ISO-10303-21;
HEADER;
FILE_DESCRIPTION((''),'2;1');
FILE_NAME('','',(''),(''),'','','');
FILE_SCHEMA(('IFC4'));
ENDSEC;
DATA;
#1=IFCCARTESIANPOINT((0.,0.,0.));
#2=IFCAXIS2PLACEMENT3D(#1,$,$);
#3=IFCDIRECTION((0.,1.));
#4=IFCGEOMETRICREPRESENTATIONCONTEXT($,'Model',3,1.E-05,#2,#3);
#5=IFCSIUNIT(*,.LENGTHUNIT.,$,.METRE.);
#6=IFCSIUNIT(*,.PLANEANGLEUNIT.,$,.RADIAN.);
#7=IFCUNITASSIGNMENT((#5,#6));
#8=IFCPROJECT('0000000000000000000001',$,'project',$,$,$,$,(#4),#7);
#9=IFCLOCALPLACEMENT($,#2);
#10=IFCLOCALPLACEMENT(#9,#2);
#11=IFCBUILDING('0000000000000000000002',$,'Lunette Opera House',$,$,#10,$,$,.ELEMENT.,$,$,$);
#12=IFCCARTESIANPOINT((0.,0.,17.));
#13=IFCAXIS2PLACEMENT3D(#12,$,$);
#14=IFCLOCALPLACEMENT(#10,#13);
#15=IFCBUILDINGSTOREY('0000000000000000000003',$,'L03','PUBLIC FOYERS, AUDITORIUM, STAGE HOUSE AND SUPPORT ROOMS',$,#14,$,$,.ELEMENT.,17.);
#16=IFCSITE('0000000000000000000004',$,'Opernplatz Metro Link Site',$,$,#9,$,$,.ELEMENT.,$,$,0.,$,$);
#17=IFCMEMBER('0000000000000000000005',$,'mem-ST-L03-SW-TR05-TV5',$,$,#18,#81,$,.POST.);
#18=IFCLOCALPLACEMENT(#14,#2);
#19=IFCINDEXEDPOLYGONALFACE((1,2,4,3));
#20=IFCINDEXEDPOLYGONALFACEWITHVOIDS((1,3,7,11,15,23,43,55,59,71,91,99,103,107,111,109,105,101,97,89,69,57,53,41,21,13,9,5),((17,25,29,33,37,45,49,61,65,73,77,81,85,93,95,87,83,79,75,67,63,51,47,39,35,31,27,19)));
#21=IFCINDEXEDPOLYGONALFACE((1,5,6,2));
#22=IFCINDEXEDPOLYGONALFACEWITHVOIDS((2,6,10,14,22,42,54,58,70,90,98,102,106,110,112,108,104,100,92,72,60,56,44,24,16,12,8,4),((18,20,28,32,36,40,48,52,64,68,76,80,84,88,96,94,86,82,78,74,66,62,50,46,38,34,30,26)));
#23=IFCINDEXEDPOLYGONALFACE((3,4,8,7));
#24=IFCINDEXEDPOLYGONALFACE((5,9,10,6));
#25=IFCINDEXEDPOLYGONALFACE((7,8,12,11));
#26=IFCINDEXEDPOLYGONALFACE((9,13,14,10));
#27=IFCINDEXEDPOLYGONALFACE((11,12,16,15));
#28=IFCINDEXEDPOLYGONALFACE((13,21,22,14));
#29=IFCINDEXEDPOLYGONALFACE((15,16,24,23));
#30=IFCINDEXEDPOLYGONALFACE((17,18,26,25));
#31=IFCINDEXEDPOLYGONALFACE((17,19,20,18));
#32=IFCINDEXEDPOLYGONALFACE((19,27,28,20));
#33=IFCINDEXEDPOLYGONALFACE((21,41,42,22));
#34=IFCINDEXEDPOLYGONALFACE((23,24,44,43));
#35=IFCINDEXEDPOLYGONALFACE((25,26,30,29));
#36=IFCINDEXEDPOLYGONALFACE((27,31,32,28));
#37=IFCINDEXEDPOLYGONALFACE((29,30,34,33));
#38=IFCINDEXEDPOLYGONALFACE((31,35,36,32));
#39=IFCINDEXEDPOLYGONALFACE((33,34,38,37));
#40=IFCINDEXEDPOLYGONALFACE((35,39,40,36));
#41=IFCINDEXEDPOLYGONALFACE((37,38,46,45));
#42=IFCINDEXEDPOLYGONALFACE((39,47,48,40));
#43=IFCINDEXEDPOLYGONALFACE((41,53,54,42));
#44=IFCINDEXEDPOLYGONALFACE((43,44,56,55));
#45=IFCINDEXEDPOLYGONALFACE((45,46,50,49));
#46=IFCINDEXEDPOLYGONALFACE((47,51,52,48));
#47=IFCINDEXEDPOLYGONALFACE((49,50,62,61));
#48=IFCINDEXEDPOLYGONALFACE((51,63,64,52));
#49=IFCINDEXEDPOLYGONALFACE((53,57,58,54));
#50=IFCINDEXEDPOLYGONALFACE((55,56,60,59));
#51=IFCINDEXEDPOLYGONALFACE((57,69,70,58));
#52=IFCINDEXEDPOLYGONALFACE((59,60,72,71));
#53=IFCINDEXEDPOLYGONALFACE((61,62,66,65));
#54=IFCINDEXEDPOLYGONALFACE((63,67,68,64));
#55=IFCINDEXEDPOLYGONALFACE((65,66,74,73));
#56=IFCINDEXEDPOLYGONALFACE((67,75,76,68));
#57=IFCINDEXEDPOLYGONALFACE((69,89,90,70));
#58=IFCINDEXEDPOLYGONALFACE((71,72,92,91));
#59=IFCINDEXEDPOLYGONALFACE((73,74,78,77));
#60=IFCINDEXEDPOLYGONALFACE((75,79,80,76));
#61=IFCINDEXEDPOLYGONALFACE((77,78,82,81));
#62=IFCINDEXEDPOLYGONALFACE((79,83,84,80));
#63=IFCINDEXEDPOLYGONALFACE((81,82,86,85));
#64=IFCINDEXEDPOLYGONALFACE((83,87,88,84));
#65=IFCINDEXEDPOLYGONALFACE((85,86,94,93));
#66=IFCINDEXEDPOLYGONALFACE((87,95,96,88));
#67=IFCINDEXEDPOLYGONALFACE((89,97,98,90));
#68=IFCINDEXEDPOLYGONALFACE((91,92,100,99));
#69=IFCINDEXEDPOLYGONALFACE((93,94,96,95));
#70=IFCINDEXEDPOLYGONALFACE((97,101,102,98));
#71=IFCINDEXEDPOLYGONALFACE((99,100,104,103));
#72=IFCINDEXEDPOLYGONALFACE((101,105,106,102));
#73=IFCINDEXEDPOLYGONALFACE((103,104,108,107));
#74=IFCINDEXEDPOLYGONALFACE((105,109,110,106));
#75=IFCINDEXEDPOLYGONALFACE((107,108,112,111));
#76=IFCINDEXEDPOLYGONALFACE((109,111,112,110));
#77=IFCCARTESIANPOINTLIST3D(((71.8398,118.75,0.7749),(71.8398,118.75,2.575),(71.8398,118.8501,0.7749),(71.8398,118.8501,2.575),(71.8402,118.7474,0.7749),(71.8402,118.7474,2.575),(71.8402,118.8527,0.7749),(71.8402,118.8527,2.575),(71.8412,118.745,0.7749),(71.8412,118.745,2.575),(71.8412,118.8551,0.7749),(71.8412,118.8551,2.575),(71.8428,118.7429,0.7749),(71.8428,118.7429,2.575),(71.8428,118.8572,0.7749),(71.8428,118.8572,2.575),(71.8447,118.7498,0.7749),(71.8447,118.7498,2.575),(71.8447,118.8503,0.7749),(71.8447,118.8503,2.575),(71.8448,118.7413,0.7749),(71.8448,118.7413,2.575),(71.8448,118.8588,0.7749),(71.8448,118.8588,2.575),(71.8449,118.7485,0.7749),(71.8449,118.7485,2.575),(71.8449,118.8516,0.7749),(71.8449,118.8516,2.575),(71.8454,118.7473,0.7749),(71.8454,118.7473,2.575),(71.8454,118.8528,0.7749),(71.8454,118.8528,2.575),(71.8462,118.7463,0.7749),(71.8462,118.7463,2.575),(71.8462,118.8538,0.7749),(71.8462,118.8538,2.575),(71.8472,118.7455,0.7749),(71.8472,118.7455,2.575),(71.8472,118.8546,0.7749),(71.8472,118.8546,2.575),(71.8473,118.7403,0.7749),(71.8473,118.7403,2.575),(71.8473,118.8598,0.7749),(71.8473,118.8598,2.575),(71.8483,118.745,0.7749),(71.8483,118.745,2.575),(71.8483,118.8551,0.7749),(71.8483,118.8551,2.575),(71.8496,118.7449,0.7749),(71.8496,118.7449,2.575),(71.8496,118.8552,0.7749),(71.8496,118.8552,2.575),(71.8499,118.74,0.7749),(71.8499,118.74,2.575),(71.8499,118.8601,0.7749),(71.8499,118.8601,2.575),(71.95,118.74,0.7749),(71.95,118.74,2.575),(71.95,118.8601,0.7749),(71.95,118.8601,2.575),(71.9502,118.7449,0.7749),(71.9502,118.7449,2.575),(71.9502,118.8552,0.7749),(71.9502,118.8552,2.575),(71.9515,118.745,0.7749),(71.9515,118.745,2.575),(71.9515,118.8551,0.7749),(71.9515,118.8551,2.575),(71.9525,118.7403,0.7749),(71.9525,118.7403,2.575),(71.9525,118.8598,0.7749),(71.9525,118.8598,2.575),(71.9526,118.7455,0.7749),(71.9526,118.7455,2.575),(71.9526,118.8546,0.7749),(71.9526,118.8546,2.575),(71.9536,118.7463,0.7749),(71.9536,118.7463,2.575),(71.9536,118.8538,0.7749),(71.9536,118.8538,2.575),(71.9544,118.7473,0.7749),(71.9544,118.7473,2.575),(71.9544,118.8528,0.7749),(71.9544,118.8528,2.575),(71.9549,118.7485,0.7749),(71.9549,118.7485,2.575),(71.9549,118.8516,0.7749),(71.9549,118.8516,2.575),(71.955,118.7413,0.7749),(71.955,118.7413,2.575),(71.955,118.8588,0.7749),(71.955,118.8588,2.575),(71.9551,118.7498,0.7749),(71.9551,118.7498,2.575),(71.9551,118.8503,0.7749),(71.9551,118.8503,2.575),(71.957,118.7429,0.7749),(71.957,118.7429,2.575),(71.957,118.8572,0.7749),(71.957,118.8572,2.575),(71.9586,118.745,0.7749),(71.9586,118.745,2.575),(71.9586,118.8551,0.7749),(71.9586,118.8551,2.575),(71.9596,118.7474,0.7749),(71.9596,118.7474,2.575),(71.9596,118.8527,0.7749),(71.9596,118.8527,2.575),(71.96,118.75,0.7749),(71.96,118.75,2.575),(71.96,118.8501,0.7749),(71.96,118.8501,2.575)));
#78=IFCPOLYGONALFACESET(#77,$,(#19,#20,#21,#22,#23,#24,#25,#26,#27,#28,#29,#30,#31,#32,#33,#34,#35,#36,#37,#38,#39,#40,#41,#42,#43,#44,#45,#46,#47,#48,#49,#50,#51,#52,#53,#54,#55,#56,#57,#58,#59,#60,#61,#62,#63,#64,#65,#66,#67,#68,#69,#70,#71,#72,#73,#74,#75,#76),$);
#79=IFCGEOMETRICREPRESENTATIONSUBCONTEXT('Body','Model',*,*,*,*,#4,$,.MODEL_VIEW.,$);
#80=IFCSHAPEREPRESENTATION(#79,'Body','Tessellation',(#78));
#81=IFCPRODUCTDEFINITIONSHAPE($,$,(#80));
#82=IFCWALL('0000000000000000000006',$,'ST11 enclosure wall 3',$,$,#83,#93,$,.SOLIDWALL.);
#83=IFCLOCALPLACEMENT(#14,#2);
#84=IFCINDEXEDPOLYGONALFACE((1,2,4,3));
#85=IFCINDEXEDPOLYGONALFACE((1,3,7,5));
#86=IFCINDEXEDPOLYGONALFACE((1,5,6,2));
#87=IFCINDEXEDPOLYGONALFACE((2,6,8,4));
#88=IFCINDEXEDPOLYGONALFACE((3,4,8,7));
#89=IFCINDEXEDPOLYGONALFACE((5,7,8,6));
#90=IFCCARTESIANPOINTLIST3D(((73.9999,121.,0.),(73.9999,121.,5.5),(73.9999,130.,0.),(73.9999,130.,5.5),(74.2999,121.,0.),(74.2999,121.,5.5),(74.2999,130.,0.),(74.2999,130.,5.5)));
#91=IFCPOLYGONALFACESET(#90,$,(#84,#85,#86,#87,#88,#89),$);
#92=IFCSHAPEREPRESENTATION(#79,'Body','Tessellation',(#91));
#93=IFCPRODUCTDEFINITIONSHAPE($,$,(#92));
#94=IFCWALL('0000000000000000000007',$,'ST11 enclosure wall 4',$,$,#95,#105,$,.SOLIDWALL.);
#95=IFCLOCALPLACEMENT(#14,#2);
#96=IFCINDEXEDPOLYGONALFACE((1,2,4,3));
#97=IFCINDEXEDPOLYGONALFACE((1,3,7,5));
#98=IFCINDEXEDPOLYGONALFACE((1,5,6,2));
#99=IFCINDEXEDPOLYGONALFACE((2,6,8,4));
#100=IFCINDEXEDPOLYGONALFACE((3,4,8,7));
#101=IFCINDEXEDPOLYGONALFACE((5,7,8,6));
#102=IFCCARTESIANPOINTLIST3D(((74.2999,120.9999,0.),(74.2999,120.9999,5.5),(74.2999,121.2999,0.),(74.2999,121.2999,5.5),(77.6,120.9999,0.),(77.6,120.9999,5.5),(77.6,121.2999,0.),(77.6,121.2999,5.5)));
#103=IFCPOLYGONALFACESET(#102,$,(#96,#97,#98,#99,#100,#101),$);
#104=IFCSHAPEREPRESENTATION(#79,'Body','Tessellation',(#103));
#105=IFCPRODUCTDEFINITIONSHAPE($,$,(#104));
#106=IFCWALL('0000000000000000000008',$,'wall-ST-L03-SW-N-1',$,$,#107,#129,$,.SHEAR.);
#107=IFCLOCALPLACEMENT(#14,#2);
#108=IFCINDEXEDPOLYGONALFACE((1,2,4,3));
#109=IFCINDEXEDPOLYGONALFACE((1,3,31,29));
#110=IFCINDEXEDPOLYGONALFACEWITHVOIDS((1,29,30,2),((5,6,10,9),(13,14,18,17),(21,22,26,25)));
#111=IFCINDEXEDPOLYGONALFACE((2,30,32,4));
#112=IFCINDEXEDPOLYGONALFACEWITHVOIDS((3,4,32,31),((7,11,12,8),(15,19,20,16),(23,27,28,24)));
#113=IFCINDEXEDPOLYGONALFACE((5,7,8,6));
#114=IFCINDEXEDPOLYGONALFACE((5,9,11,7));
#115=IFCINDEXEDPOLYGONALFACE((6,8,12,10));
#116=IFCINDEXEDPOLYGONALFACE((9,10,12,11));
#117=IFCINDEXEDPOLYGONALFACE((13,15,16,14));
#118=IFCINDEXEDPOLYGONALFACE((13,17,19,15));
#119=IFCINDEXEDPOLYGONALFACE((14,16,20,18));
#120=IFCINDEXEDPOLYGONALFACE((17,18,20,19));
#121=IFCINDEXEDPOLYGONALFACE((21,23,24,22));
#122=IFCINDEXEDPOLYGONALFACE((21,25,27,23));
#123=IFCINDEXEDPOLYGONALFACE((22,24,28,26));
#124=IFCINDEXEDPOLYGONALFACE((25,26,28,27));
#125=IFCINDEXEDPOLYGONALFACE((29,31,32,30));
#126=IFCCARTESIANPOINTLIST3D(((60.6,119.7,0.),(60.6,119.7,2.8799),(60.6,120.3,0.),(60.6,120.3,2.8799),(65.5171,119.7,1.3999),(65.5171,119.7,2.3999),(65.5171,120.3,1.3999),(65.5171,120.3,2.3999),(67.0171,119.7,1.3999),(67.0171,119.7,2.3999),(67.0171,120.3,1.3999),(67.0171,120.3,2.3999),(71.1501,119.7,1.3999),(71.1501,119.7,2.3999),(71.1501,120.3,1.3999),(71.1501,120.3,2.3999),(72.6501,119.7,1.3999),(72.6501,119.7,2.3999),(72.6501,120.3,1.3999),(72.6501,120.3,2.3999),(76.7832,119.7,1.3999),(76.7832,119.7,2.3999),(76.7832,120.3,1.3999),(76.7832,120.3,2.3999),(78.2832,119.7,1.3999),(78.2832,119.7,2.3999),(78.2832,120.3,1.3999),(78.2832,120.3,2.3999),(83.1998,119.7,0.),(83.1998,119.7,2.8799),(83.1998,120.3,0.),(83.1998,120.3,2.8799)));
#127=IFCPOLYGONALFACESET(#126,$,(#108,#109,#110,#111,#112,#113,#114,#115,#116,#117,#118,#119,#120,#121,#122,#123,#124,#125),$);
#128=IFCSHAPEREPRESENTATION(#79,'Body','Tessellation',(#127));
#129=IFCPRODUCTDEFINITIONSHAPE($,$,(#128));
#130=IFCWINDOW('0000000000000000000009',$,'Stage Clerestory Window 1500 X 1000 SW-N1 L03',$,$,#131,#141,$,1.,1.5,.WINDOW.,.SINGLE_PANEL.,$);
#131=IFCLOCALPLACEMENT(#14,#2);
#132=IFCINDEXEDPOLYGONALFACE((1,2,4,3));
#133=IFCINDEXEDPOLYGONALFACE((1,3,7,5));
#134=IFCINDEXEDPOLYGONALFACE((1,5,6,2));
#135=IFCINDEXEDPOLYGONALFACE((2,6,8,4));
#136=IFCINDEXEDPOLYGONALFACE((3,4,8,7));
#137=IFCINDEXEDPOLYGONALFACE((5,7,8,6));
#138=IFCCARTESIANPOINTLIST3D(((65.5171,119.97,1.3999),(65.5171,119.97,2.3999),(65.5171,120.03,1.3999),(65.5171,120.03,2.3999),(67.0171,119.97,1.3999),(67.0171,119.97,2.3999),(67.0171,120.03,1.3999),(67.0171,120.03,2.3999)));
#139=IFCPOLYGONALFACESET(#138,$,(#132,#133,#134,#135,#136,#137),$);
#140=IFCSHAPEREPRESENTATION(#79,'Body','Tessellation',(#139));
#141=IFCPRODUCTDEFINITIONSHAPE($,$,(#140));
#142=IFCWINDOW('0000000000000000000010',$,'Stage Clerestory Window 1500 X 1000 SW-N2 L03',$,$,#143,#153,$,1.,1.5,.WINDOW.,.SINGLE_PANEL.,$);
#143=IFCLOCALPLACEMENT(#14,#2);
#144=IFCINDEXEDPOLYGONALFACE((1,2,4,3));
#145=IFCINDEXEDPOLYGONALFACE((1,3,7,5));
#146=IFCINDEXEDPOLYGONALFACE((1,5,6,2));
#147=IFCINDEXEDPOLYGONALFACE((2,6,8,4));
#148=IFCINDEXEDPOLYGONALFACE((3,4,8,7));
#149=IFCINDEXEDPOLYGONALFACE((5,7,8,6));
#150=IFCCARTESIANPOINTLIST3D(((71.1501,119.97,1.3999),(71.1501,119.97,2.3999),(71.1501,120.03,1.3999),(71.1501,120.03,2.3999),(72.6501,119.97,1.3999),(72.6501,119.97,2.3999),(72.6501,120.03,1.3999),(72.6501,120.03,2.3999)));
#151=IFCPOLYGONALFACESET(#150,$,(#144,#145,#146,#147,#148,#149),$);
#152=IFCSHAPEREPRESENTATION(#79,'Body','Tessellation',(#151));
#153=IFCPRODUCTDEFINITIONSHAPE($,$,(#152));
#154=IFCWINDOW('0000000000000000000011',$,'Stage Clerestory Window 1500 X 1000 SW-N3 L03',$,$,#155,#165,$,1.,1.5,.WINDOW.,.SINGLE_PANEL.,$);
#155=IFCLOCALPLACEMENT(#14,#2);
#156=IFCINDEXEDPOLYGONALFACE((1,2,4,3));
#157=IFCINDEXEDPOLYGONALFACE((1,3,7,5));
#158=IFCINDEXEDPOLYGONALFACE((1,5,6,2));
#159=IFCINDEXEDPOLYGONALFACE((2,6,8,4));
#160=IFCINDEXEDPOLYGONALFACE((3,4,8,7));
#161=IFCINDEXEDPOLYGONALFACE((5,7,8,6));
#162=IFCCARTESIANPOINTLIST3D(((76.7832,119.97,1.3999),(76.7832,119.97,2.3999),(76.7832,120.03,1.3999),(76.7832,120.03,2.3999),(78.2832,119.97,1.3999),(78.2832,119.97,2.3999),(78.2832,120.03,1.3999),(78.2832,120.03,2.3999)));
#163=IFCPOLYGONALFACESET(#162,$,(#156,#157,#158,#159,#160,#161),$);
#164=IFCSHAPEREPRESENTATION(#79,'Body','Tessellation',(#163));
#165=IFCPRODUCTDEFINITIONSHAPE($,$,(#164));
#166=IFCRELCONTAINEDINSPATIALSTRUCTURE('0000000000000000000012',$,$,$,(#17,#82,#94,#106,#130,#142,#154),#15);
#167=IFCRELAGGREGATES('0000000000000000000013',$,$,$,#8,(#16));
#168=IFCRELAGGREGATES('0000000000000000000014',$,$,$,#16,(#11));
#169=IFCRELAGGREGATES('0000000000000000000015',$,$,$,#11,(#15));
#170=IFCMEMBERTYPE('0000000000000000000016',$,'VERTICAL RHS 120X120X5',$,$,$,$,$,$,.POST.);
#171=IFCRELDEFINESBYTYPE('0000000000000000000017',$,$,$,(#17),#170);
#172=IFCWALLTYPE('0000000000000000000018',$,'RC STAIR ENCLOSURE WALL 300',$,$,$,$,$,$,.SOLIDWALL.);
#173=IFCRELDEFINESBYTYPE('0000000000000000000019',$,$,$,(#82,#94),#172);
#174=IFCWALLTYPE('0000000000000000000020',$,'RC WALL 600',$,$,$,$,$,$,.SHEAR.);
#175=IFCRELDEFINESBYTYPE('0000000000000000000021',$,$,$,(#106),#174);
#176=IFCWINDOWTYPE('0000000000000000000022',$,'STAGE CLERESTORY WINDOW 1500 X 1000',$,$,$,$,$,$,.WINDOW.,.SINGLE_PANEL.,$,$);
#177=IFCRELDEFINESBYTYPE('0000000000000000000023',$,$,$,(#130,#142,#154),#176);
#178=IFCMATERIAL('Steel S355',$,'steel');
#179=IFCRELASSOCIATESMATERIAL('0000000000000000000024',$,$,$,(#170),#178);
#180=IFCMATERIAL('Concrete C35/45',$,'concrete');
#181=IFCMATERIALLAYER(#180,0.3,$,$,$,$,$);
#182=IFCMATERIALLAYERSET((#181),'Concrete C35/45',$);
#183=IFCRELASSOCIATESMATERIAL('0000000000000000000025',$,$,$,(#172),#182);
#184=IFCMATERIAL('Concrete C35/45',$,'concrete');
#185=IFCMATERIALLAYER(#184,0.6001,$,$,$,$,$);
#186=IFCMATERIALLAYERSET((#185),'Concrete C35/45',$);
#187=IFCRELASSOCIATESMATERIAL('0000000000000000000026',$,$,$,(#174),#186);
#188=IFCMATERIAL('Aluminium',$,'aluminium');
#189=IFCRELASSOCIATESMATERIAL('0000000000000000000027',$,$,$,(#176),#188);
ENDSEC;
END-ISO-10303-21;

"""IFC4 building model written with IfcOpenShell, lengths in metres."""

from ifc_helpers import new_model, si_unit, direction, frame, frame_2d, origin, origin_2d, place, context, subcontext, project, spatial, rectangle, hollow_rectangle, extrude, material, layer, layer_set, material_profile, profile_set, type_object, element, fill, save


model = new_model("IFC4")

# Units and contexts
model_context = context("Model", 3, precision=1e-05, world=origin(), true_north=direction((0.0, 1.0)))
body_context = subcontext(model_context, "Body", "Model", "MODEL_VIEW")
ifc_project = project(units=[si_unit("LENGTHUNIT", "METRE"), si_unit("PLANEANGLEUNIT", "RADIAN")], contexts=[model_context])

# Site, building, storey
site_placement = place(None, origin())
site = spatial("IfcSite", under=ifc_project, at=site_placement, Name="Opernplatz Metro Link Site", CompositionType="ELEMENT", RefElevation=0.0)
building_placement = place(site_placement, origin())
building = spatial("IfcBuilding", under=site, at=building_placement, Name="Lunette Opera House", CompositionType="ELEMENT")
storey_placement = place(building_placement, frame((0.0, 0.0, 17.0)))
storey = spatial("IfcBuildingStorey", under=building, at=storey_placement, Name="L03", Description="PUBLIC FOYERS, AUDITORIUM, STAGE HOUSE AND SUPPORT ROOMS", CompositionType="ELEMENT", Elevation=17.0)

# Member
ifc_material_1 = material(Name="Steel S355", Category="steel")
ifc_material_profile_1 = material_profile(ifc_material_1, hollow_rectangle(XDim=0.1201, YDim=0.1201, WallThickness=0.0049, InnerFilletRadius=0.0049, OuterFilletRadius=0.01, at=origin_2d()), Name="RHS 120X120X5")
ifc_profile_set_1 = profile_set([ifc_material_profile_1], Name="Steel S355")
member_type_1 = type_object("IfcMemberType", Name="VERTICAL RHS 120X120X5", PredefinedType="POST", material=ifc_profile_set_1)
member_1_placement = place(storey_placement, frame((71.8999, 118.8, 0.7749), z_axis=(0.0, 0.0, 1.0), x_axis=(1.0, 0.0, 0.0)))
element("IfcMember", 1, at=member_1_placement, inside=storey, type_object=member_type_1, Name="mem-ST-L03-SW-TR05-TV5", PredefinedType="POST", context=body_context, shape_type="SweptSolid", body=[
    extrude(hollow_rectangle(XDim=0.1201, YDim=0.1201, WallThickness=0.0049, InnerFilletRadius=0.0049, OuterFilletRadius=0.01, at=origin_2d()), origin(), (0.0, 0.0, 1.0), 1.8),
])

# Walls
ifc_material_2 = material(Name="Concrete C35/45", Category="concrete")
ifc_layer_1 = layer(ifc_material_2, 0.3)
ifc_layer_set_1 = layer_set([ifc_layer_1], Name="Concrete C35/45")
wall_type_1 = type_object("IfcWallType", Name="RC STAIR ENCLOSURE WALL 300", PredefinedType="SOLIDWALL", material=ifc_layer_set_1)
wall_1_placement = place(storey_placement, frame((74.1499, 130.0, 0.0), z_axis=(0.0, 0.0, 1.0), x_axis=(0.0, -1.0, 0.0)))
element("IfcWall", 2, at=wall_1_placement, inside=storey, type_object=wall_type_1, Name="ST11 enclosure wall 3", PredefinedType="SOLIDWALL", context=body_context, shape_type="SweptSolid", body=[
    extrude(rectangle(XDim=9.0, YDim=0.3, at=frame_2d((4.5, 0.0))), origin(), (0.0, 0.0, 1.0), 5.5),
])
wall_2_placement = place(storey_placement, frame((74.3, 121.1499, 0.0), z_axis=(0.0, 0.0, 1.0), x_axis=(1.0, 0.0, 0.0)))
element("IfcWall", 3, at=wall_2_placement, inside=storey, type_object=wall_type_1, Name="ST11 enclosure wall 4", PredefinedType="SOLIDWALL", context=body_context, shape_type="SweptSolid", body=[
    extrude(rectangle(XDim=3.3, YDim=0.3, at=frame_2d((1.6499, 0.0))), origin(), (0.0, 0.0, 1.0), 5.5),
])

# Wall, openings, windows
ifc_material_3 = material(Name="Concrete C35/45", Category="concrete")
ifc_layer_2 = layer(ifc_material_3, 0.6001)
ifc_layer_set_2 = layer_set([ifc_layer_2], Name="Concrete C35/45")
wall_type_2 = type_object("IfcWallType", Name="RC WALL 600", PredefinedType="SHEAR", material=ifc_layer_set_2)
wall_3_placement = place(storey_placement, frame((60.6001, 120.0, 0.0), z_axis=(0.0, 0.0, 1.0), x_axis=(1.0, 0.0, 0.0)))
wall_3 = element("IfcWall", 4, at=wall_3_placement, inside=storey, type_object=wall_type_2, Name="wall-ST-L03-SW-N-1", PredefinedType="SHEAR", context=body_context, shape_type="SweptSolid", body=[
    extrude(rectangle(XDim=22.5999, YDim=0.6001, at=frame_2d((11.2998, 0.0))), origin(), (0.0, 0.0, 1.0), 2.8799),
])
opening_1_placement = place(wall_3_placement, frame((4.917, 0.0, 1.3999)))
opening_1 = element("IfcOpeningElement", 5, at=opening_1_placement, cuts=wall_3, PredefinedType="OPENING", context=body_context, shape_type="SweptSolid", body=[
    extrude(rectangle(XDim=1.5, YDim=1.0, at=frame_2d((0.75, 0.5))), frame((0.0, 0.312, 0.0), z_axis=(0.0, -1.0, 0.0), x_axis=(1.0, 0.0, 0.0)), (0.0, 0.0, 1.0), 0.624),
])
opening_2_placement = place(wall_3_placement, frame((10.55, 0.0, 1.3999)))
opening_2 = element("IfcOpeningElement", 6, at=opening_2_placement, cuts=wall_3, PredefinedType="OPENING", context=body_context, shape_type="SweptSolid", body=[
    extrude(rectangle(XDim=1.5, YDim=1.0, at=frame_2d((0.75, 0.5))), frame((0.0, 0.312, 0.0), z_axis=(0.0, -1.0, 0.0), x_axis=(1.0, 0.0, 0.0)), (0.0, 0.0, 1.0), 0.624),
])
opening_3_placement = place(wall_3_placement, frame((16.1831, 0.0, 1.3999)))
opening_3 = element("IfcOpeningElement", 7, at=opening_3_placement, cuts=wall_3, PredefinedType="OPENING", context=body_context, shape_type="SweptSolid", body=[
    extrude(rectangle(XDim=1.5, YDim=1.0, at=frame_2d((0.75, 0.5))), frame((0.0, 0.312, 0.0), z_axis=(0.0, -1.0, 0.0), x_axis=(1.0, 0.0, 0.0)), (0.0, 0.0, 1.0), 0.624),
])
ifc_material_4 = material(Name="Aluminium", Category="aluminium")
window_type_1 = type_object("IfcWindowType", Name="STAGE CLERESTORY WINDOW 1500 X 1000", PartitioningType="SINGLE_PANEL", PredefinedType="WINDOW", material=ifc_material_4)
window_1_placement = place(opening_1_placement, origin())
window_1 = element("IfcWindow", 8, at=window_1_placement, inside=storey, type_object=window_type_1, Name="Stage Clerestory Window 1500 X 1000 SW-N1 L03", OverallHeight=1.0, OverallWidth=1.5, PartitioningType="SINGLE_PANEL", PredefinedType="WINDOW", context=body_context, shape_type="SweptSolid", body=[
    extrude(rectangle(XDim=1.5, YDim=1.0, at=frame_2d((0.75, 0.5))), frame((0.0, 0.03, 0.0), z_axis=(0.0, -1.0, 0.0), x_axis=(1.0, 0.0, 0.0)), (0.0, 0.0, 1.0), 0.0601),
])
fill(opening_1, window_1)
window_2_placement = place(opening_2_placement, origin())
window_2 = element("IfcWindow", 9, at=window_2_placement, inside=storey, type_object=window_type_1, Name="Stage Clerestory Window 1500 X 1000 SW-N2 L03", OverallHeight=1.0, OverallWidth=1.5, PartitioningType="SINGLE_PANEL", PredefinedType="WINDOW", context=body_context, shape_type="SweptSolid", body=[
    extrude(rectangle(XDim=1.5, YDim=1.0, at=frame_2d((0.75, 0.5))), frame((0.0, 0.03, 0.0), z_axis=(0.0, -1.0, 0.0), x_axis=(1.0, 0.0, 0.0)), (0.0, 0.0, 1.0), 0.0601),
])
fill(opening_2, window_2)
window_3_placement = place(opening_3_placement, origin())
window_3 = element("IfcWindow", 10, at=window_3_placement, inside=storey, type_object=window_type_1, Name="Stage Clerestory Window 1500 X 1000 SW-N3 L03", OverallHeight=1.0, OverallWidth=1.5, PartitioningType="SINGLE_PANEL", PredefinedType="WINDOW", context=body_context, shape_type="SweptSolid", body=[
    extrude(rectangle(XDim=1.5, YDim=1.0, at=frame_2d((0.75, 0.5))), frame((0.0, 0.03, 0.0), z_axis=(0.0, -1.0, 0.0), x_axis=(1.0, 0.0, 0.0)), (0.0, 0.0, 1.0), 0.0601),
])
fill(opening_3, window_3)

save(model, "model.ifc")
